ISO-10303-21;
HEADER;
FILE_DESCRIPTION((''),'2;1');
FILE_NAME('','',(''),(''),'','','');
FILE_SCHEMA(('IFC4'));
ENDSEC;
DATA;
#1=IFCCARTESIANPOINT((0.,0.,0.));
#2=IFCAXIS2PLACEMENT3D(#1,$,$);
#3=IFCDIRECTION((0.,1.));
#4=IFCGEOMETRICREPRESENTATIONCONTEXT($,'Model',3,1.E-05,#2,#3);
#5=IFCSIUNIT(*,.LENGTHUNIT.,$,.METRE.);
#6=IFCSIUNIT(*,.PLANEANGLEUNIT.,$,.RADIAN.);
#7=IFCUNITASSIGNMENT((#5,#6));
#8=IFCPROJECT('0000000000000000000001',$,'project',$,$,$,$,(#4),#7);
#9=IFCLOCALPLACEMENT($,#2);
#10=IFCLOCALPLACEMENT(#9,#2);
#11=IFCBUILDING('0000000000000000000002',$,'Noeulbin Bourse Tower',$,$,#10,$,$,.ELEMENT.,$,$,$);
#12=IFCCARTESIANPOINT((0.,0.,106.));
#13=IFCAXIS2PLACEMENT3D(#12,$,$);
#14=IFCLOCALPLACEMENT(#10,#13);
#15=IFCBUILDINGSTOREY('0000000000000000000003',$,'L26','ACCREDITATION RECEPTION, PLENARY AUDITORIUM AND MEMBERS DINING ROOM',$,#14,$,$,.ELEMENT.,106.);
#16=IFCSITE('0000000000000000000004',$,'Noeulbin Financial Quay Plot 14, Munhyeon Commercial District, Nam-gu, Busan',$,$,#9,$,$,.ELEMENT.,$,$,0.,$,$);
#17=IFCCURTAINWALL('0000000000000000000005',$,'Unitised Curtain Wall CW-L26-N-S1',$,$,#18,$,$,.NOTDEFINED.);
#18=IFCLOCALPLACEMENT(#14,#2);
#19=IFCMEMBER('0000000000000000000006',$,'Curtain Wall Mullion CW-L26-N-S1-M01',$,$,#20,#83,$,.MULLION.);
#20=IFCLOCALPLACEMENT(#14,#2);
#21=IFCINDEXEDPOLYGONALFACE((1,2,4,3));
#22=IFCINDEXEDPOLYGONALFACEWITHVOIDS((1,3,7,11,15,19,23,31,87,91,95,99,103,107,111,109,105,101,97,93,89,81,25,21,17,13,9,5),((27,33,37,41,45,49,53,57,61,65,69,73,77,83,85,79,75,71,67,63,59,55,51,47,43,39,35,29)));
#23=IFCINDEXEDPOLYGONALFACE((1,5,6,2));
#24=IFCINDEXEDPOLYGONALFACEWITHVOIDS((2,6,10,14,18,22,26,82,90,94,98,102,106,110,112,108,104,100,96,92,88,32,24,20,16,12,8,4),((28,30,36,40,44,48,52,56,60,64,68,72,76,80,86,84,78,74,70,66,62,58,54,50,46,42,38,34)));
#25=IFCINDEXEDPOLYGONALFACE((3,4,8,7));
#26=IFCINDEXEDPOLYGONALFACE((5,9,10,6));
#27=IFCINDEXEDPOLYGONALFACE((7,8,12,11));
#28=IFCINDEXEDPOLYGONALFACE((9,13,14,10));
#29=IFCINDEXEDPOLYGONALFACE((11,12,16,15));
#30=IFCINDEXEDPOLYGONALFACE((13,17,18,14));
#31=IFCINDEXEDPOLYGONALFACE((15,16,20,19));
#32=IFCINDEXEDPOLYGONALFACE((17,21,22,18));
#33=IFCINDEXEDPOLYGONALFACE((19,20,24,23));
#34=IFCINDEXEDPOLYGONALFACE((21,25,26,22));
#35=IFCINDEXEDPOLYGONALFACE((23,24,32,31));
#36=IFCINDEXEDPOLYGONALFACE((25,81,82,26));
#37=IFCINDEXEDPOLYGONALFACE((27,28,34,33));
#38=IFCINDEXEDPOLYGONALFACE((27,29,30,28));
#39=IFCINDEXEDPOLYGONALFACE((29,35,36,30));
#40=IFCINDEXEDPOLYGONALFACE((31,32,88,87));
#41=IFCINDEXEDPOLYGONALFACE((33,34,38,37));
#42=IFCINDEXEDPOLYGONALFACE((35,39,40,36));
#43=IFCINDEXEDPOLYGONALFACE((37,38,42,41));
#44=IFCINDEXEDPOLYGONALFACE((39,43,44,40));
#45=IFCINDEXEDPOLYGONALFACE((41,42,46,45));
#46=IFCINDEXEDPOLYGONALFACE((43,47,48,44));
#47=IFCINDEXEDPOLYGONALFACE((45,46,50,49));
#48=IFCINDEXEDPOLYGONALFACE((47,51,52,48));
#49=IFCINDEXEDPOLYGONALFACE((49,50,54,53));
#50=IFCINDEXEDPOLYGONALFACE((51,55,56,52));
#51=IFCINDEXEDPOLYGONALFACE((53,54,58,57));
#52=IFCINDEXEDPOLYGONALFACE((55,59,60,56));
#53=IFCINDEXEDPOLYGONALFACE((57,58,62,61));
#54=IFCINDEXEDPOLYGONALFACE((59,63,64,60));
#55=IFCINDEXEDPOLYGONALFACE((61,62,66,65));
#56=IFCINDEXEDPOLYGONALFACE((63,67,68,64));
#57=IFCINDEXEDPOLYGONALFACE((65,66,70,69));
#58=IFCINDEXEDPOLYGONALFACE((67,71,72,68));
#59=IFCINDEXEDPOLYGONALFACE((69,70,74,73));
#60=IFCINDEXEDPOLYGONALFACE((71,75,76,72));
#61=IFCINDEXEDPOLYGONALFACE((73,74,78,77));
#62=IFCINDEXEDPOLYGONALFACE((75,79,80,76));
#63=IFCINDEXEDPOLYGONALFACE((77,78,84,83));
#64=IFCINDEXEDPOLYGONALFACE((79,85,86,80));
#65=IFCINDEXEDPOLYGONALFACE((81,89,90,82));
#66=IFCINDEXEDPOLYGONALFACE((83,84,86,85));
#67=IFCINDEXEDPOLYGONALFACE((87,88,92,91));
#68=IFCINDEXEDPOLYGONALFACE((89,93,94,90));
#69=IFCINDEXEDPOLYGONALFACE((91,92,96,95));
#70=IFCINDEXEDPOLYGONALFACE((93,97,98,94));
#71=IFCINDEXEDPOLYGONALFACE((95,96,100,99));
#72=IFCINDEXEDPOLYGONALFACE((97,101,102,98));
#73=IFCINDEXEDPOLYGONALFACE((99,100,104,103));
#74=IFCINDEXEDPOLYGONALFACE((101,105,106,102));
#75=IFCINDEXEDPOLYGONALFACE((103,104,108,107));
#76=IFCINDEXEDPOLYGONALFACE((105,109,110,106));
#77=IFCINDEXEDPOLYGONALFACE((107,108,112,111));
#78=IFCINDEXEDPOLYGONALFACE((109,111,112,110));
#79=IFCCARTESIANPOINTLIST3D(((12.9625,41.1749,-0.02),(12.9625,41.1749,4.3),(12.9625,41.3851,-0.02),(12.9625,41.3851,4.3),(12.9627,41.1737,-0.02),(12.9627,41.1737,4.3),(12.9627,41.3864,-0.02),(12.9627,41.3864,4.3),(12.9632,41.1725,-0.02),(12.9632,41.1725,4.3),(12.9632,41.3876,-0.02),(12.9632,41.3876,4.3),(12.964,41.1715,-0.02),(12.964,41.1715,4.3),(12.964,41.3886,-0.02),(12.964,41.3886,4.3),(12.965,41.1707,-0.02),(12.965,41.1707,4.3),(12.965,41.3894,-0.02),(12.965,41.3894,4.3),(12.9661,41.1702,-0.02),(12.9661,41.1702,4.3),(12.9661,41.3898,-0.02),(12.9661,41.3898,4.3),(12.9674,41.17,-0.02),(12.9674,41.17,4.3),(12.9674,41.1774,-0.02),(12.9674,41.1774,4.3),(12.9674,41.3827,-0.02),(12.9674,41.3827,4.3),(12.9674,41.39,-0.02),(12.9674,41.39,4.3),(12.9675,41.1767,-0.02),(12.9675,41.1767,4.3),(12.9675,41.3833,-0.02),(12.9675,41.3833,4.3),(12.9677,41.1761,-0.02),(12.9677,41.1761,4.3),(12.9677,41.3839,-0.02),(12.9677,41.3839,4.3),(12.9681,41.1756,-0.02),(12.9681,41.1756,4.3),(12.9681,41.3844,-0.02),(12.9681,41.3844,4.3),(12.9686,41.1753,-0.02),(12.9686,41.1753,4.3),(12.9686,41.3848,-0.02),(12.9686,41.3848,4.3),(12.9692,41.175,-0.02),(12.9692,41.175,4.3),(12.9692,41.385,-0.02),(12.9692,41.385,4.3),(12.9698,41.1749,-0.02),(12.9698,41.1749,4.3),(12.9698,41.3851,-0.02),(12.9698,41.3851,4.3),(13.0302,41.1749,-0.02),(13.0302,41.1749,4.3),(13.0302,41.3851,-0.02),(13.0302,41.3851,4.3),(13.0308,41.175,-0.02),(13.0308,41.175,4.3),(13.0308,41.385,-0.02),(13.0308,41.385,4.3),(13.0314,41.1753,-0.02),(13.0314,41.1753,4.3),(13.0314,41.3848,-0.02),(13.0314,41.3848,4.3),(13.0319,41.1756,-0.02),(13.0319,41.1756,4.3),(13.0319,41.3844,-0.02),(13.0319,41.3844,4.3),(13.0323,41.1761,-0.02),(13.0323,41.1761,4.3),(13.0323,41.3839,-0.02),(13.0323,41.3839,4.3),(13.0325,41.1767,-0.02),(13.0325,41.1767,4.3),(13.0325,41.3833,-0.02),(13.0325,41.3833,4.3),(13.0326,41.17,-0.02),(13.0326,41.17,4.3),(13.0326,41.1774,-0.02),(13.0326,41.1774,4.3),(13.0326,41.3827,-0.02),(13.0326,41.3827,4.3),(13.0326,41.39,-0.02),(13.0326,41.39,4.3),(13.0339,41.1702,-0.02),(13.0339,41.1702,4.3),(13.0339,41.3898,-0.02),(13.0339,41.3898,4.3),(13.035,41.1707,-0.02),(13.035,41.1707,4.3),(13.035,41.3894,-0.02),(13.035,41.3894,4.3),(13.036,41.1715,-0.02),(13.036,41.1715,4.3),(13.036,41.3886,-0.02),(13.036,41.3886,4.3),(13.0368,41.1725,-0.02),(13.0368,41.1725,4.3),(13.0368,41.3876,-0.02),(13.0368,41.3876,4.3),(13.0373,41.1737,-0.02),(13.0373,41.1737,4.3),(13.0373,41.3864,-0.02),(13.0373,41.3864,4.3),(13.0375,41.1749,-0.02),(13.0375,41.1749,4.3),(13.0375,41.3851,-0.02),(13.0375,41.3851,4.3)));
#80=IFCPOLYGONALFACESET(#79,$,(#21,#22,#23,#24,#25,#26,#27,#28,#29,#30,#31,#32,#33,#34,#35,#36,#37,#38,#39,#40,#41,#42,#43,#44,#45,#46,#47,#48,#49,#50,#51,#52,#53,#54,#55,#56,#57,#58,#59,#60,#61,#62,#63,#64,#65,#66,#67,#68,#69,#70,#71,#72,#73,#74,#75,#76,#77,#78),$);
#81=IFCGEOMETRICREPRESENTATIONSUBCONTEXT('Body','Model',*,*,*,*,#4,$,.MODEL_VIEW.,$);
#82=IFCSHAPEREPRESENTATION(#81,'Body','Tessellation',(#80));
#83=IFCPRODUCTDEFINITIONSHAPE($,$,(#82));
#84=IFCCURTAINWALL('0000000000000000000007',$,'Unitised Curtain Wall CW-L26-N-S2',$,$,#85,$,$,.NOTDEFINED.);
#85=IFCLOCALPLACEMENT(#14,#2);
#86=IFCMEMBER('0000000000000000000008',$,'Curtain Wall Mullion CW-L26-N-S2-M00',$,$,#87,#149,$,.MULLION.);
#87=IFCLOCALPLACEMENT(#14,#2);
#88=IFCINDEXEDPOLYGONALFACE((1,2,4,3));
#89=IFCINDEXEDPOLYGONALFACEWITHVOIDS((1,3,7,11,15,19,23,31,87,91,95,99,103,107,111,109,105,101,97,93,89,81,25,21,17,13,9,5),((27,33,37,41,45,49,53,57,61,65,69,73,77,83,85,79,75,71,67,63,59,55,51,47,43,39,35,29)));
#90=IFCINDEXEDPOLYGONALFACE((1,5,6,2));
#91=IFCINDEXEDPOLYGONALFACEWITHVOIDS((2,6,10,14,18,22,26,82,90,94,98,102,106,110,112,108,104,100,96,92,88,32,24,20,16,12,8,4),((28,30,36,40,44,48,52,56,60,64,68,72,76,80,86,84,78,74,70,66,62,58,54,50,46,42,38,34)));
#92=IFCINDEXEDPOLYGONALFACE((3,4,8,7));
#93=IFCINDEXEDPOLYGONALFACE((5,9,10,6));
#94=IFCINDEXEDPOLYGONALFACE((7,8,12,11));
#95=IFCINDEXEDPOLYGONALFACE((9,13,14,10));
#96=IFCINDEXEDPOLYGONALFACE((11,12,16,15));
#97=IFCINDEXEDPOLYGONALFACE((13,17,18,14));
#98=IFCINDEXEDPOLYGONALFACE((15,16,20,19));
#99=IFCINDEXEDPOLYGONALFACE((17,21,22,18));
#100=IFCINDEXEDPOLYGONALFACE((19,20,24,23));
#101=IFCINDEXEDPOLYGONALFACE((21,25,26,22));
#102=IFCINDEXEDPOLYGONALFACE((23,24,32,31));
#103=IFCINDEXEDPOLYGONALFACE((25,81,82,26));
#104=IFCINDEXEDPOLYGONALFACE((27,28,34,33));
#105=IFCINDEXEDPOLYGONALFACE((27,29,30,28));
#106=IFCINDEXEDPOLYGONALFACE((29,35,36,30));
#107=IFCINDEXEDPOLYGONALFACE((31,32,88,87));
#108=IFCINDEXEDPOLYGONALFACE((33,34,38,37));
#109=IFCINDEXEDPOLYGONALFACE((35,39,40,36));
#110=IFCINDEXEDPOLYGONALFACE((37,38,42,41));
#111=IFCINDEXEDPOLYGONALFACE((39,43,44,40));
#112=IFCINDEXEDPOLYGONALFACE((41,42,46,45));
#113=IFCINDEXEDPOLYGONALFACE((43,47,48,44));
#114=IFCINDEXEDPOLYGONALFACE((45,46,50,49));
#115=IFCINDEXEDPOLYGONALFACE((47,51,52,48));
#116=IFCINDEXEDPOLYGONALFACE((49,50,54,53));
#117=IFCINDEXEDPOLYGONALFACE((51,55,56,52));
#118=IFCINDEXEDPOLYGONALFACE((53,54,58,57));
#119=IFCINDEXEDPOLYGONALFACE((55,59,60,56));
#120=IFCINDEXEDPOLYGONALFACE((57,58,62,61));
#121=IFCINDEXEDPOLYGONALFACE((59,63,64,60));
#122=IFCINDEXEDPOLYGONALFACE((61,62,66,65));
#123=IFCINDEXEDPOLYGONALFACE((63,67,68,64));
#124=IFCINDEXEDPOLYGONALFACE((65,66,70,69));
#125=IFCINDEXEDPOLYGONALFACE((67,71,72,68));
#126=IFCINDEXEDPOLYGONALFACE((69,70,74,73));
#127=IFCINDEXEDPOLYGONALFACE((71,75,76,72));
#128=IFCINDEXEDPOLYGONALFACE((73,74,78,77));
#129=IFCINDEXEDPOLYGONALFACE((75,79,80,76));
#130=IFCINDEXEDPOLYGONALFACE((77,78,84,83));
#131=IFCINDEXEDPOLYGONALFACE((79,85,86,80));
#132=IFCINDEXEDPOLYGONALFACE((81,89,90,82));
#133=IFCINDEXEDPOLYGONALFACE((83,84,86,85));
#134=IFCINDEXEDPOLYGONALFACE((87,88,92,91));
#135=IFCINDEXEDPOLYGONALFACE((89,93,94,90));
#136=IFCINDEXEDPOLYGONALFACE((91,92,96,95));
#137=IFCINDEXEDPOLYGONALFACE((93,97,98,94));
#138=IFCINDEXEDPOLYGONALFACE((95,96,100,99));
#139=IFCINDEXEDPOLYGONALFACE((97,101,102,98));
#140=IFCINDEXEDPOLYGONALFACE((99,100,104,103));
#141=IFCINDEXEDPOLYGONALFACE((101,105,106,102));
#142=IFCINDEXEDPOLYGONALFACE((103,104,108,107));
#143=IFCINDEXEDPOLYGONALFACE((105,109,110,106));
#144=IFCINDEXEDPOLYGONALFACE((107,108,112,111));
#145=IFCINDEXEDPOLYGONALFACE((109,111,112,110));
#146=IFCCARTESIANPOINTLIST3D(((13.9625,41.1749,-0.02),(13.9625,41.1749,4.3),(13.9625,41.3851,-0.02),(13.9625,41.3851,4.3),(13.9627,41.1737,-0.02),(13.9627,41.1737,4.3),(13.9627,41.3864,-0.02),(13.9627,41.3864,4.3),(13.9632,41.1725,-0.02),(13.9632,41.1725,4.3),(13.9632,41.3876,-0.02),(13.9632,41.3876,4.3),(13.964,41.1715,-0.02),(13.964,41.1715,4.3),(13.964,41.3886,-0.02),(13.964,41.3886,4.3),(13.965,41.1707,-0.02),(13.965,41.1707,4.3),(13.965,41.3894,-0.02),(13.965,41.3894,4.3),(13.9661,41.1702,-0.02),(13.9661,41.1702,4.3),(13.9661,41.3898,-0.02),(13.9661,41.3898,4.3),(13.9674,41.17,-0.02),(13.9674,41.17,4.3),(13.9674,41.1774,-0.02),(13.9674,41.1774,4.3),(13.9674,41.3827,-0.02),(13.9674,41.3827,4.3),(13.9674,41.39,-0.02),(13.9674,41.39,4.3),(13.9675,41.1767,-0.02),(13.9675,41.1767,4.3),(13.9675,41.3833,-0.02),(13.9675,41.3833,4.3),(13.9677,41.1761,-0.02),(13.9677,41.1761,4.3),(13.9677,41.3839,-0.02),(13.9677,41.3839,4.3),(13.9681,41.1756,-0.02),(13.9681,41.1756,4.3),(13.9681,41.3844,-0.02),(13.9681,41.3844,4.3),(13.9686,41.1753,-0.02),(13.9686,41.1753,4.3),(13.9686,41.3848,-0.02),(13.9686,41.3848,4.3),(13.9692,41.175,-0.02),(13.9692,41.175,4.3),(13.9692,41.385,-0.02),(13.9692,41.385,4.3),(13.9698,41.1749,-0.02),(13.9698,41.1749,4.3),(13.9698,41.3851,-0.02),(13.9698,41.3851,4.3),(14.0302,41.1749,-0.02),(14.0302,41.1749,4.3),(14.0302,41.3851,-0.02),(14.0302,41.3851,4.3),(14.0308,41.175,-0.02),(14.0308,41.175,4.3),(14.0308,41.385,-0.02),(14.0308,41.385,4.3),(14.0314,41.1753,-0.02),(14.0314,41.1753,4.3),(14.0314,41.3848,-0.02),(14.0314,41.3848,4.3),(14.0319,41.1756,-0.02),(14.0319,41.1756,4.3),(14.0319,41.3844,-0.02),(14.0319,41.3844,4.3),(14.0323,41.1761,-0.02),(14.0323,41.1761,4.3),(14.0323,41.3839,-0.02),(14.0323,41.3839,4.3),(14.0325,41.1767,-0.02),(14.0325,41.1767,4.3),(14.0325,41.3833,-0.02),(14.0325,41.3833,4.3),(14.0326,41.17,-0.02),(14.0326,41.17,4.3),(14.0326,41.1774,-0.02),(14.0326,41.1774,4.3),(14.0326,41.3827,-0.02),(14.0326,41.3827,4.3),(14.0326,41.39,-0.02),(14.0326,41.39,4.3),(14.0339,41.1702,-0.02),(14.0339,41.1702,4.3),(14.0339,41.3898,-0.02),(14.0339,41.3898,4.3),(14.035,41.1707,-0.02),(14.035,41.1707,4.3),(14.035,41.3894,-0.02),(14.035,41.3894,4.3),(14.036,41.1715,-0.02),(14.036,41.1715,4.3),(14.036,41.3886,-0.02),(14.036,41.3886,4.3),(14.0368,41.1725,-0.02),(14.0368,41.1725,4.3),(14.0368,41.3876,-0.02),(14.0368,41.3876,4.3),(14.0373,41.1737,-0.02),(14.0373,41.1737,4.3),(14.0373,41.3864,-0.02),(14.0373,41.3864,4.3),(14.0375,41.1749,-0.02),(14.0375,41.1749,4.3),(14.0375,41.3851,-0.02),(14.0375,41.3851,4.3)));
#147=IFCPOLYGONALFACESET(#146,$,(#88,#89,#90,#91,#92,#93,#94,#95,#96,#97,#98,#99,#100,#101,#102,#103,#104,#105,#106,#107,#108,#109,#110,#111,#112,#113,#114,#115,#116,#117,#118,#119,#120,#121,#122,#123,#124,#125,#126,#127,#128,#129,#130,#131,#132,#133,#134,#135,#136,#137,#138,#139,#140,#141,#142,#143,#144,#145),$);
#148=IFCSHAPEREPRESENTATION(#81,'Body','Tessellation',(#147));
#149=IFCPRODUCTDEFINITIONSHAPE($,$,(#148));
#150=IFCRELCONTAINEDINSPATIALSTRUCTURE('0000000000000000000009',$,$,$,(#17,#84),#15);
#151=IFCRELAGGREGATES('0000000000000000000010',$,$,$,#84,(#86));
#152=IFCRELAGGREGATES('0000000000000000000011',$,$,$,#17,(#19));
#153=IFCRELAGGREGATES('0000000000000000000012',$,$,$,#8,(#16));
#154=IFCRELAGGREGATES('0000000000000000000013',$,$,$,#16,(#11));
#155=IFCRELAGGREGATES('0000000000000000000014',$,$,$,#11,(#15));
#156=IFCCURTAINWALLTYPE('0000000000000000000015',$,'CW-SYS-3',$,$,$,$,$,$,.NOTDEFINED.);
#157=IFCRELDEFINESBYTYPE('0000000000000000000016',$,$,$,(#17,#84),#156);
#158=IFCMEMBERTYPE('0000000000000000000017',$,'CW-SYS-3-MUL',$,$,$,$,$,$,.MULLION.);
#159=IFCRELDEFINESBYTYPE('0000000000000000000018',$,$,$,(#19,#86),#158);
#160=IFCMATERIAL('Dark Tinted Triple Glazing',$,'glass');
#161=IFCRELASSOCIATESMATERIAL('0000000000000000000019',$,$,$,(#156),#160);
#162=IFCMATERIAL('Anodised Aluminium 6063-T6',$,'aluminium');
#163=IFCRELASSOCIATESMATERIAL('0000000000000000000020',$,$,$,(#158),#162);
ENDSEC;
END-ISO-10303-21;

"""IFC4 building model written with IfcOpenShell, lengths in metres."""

from ifc_helpers import new_model, si_unit, direction, frame, origin, origin_2d, place, context, subcontext, project, spatial, hollow_rectangle, extrude, material, material_profile, profile_set, type_object, element, aggregate, save


model = new_model("IFC4")

# Units and contexts
model_context = context("Model", 3, precision=1e-05, world=origin(), true_north=direction((0.0, 1.0)))
body_context = subcontext(model_context, "Body", "Model", "MODEL_VIEW")
ifc_project = project(units=[si_unit("LENGTHUNIT", "METRE"), si_unit("PLANEANGLEUNIT", "RADIAN")], contexts=[model_context])

# Site, building, storey
site_placement = place(None, origin())
site = spatial("IfcSite", under=ifc_project, at=site_placement, Name="Noeulbin Financial Quay Plot 14, Munhyeon Commercial District, Nam-gu, Busan", CompositionType="ELEMENT", RefElevation=0.0)
building_placement = place(site_placement, origin())
building = spatial("IfcBuilding", under=site, at=building_placement, Name="Noeulbin Bourse Tower", CompositionType="ELEMENT")
storey_placement = place(building_placement, frame((0.0, 0.0, 106.0)))
storey = spatial("IfcBuildingStorey", under=building, at=storey_placement, Name="L26", Description="ACCREDITATION RECEPTION, PLENARY AUDITORIUM AND MEMBERS DINING ROOM", CompositionType="ELEMENT", Elevation=106.0)

# Curtain wall, member
ifc_material_1 = material(Name="Dark Tinted Triple Glazing", Category="glass")
curtain_wall_type = type_object("IfcCurtainWallType", Name="CW-SYS-3", PredefinedType="NOTDEFINED", material=ifc_material_1)
curtain_wall_1_placement = place(storey_placement, origin())
curtain_wall_1 = element("IfcCurtainWall", 1, at=curtain_wall_1_placement, inside=storey, type_object=curtain_wall_type, Name="Unitised Curtain Wall CW-L26-N-S1", PredefinedType="NOTDEFINED")
ifc_material_2 = material(Name="Anodised Aluminium 6063-T6", Category="aluminium")
ifc_material_profile_1 = material_profile(ifc_material_2, hollow_rectangle(XDim=0.075, YDim=0.22, WallThickness=0.0049, InnerFilletRadius=0.0024, OuterFilletRadius=0.0049, at=origin_2d()), Name="ALU-MULL-75x220x5", Category="LoadBearing")
ifc_profile_set_1 = profile_set([ifc_material_profile_1], Name="Anodised Aluminium 6063-T6")
member_type_1 = type_object("IfcMemberType", Name="CW-SYS-3-MUL", PredefinedType="MULLION", material=ifc_profile_set_1)
member_1_placement = place(storey_placement, frame((13.0, 41.28, -0.02), z_axis=(0.0, 0.0, 1.0), x_axis=(1.0, 0.0, 0.0)))
member_1 = element("IfcMember", 2, at=member_1_placement, type_object=member_type_1, Name="Curtain Wall Mullion CW-L26-N-S1-M01", PredefinedType="MULLION", context=body_context, shape_type="SweptSolid", body=[
    extrude(hollow_rectangle(XDim=0.075, YDim=0.22, WallThickness=0.0049, InnerFilletRadius=0.0024, OuterFilletRadius=0.0049, at=origin_2d()), origin(), (0.0, 0.0, 1.0), 4.3201),
])

# Curtain wall, member
curtain_wall_2_placement = place(storey_placement, origin())
curtain_wall_2 = element("IfcCurtainWall", 3, at=curtain_wall_2_placement, inside=storey, type_object=curtain_wall_type, Name="Unitised Curtain Wall CW-L26-N-S2", PredefinedType="NOTDEFINED")
member_2_placement = place(storey_placement, frame((14.0, 41.28, -0.02), z_axis=(0.0, 0.0, 1.0), x_axis=(1.0, 0.0, 0.0)))
member_2 = element("IfcMember", 4, at=member_2_placement, type_object=member_type_1, Name="Curtain Wall Mullion CW-L26-N-S2-M00", PredefinedType="MULLION", context=body_context, shape_type="SweptSolid", body=[
    extrude(hollow_rectangle(XDim=0.075, YDim=0.22, WallThickness=0.0049, InnerFilletRadius=0.0024, OuterFilletRadius=0.0049, at=origin_2d()), origin(), (0.0, 0.0, 1.0), 4.3201),
])

aggregate(curtain_wall_2, [member_2])

aggregate(curtain_wall_1, [member_1])

save(model, "model.ifc")
